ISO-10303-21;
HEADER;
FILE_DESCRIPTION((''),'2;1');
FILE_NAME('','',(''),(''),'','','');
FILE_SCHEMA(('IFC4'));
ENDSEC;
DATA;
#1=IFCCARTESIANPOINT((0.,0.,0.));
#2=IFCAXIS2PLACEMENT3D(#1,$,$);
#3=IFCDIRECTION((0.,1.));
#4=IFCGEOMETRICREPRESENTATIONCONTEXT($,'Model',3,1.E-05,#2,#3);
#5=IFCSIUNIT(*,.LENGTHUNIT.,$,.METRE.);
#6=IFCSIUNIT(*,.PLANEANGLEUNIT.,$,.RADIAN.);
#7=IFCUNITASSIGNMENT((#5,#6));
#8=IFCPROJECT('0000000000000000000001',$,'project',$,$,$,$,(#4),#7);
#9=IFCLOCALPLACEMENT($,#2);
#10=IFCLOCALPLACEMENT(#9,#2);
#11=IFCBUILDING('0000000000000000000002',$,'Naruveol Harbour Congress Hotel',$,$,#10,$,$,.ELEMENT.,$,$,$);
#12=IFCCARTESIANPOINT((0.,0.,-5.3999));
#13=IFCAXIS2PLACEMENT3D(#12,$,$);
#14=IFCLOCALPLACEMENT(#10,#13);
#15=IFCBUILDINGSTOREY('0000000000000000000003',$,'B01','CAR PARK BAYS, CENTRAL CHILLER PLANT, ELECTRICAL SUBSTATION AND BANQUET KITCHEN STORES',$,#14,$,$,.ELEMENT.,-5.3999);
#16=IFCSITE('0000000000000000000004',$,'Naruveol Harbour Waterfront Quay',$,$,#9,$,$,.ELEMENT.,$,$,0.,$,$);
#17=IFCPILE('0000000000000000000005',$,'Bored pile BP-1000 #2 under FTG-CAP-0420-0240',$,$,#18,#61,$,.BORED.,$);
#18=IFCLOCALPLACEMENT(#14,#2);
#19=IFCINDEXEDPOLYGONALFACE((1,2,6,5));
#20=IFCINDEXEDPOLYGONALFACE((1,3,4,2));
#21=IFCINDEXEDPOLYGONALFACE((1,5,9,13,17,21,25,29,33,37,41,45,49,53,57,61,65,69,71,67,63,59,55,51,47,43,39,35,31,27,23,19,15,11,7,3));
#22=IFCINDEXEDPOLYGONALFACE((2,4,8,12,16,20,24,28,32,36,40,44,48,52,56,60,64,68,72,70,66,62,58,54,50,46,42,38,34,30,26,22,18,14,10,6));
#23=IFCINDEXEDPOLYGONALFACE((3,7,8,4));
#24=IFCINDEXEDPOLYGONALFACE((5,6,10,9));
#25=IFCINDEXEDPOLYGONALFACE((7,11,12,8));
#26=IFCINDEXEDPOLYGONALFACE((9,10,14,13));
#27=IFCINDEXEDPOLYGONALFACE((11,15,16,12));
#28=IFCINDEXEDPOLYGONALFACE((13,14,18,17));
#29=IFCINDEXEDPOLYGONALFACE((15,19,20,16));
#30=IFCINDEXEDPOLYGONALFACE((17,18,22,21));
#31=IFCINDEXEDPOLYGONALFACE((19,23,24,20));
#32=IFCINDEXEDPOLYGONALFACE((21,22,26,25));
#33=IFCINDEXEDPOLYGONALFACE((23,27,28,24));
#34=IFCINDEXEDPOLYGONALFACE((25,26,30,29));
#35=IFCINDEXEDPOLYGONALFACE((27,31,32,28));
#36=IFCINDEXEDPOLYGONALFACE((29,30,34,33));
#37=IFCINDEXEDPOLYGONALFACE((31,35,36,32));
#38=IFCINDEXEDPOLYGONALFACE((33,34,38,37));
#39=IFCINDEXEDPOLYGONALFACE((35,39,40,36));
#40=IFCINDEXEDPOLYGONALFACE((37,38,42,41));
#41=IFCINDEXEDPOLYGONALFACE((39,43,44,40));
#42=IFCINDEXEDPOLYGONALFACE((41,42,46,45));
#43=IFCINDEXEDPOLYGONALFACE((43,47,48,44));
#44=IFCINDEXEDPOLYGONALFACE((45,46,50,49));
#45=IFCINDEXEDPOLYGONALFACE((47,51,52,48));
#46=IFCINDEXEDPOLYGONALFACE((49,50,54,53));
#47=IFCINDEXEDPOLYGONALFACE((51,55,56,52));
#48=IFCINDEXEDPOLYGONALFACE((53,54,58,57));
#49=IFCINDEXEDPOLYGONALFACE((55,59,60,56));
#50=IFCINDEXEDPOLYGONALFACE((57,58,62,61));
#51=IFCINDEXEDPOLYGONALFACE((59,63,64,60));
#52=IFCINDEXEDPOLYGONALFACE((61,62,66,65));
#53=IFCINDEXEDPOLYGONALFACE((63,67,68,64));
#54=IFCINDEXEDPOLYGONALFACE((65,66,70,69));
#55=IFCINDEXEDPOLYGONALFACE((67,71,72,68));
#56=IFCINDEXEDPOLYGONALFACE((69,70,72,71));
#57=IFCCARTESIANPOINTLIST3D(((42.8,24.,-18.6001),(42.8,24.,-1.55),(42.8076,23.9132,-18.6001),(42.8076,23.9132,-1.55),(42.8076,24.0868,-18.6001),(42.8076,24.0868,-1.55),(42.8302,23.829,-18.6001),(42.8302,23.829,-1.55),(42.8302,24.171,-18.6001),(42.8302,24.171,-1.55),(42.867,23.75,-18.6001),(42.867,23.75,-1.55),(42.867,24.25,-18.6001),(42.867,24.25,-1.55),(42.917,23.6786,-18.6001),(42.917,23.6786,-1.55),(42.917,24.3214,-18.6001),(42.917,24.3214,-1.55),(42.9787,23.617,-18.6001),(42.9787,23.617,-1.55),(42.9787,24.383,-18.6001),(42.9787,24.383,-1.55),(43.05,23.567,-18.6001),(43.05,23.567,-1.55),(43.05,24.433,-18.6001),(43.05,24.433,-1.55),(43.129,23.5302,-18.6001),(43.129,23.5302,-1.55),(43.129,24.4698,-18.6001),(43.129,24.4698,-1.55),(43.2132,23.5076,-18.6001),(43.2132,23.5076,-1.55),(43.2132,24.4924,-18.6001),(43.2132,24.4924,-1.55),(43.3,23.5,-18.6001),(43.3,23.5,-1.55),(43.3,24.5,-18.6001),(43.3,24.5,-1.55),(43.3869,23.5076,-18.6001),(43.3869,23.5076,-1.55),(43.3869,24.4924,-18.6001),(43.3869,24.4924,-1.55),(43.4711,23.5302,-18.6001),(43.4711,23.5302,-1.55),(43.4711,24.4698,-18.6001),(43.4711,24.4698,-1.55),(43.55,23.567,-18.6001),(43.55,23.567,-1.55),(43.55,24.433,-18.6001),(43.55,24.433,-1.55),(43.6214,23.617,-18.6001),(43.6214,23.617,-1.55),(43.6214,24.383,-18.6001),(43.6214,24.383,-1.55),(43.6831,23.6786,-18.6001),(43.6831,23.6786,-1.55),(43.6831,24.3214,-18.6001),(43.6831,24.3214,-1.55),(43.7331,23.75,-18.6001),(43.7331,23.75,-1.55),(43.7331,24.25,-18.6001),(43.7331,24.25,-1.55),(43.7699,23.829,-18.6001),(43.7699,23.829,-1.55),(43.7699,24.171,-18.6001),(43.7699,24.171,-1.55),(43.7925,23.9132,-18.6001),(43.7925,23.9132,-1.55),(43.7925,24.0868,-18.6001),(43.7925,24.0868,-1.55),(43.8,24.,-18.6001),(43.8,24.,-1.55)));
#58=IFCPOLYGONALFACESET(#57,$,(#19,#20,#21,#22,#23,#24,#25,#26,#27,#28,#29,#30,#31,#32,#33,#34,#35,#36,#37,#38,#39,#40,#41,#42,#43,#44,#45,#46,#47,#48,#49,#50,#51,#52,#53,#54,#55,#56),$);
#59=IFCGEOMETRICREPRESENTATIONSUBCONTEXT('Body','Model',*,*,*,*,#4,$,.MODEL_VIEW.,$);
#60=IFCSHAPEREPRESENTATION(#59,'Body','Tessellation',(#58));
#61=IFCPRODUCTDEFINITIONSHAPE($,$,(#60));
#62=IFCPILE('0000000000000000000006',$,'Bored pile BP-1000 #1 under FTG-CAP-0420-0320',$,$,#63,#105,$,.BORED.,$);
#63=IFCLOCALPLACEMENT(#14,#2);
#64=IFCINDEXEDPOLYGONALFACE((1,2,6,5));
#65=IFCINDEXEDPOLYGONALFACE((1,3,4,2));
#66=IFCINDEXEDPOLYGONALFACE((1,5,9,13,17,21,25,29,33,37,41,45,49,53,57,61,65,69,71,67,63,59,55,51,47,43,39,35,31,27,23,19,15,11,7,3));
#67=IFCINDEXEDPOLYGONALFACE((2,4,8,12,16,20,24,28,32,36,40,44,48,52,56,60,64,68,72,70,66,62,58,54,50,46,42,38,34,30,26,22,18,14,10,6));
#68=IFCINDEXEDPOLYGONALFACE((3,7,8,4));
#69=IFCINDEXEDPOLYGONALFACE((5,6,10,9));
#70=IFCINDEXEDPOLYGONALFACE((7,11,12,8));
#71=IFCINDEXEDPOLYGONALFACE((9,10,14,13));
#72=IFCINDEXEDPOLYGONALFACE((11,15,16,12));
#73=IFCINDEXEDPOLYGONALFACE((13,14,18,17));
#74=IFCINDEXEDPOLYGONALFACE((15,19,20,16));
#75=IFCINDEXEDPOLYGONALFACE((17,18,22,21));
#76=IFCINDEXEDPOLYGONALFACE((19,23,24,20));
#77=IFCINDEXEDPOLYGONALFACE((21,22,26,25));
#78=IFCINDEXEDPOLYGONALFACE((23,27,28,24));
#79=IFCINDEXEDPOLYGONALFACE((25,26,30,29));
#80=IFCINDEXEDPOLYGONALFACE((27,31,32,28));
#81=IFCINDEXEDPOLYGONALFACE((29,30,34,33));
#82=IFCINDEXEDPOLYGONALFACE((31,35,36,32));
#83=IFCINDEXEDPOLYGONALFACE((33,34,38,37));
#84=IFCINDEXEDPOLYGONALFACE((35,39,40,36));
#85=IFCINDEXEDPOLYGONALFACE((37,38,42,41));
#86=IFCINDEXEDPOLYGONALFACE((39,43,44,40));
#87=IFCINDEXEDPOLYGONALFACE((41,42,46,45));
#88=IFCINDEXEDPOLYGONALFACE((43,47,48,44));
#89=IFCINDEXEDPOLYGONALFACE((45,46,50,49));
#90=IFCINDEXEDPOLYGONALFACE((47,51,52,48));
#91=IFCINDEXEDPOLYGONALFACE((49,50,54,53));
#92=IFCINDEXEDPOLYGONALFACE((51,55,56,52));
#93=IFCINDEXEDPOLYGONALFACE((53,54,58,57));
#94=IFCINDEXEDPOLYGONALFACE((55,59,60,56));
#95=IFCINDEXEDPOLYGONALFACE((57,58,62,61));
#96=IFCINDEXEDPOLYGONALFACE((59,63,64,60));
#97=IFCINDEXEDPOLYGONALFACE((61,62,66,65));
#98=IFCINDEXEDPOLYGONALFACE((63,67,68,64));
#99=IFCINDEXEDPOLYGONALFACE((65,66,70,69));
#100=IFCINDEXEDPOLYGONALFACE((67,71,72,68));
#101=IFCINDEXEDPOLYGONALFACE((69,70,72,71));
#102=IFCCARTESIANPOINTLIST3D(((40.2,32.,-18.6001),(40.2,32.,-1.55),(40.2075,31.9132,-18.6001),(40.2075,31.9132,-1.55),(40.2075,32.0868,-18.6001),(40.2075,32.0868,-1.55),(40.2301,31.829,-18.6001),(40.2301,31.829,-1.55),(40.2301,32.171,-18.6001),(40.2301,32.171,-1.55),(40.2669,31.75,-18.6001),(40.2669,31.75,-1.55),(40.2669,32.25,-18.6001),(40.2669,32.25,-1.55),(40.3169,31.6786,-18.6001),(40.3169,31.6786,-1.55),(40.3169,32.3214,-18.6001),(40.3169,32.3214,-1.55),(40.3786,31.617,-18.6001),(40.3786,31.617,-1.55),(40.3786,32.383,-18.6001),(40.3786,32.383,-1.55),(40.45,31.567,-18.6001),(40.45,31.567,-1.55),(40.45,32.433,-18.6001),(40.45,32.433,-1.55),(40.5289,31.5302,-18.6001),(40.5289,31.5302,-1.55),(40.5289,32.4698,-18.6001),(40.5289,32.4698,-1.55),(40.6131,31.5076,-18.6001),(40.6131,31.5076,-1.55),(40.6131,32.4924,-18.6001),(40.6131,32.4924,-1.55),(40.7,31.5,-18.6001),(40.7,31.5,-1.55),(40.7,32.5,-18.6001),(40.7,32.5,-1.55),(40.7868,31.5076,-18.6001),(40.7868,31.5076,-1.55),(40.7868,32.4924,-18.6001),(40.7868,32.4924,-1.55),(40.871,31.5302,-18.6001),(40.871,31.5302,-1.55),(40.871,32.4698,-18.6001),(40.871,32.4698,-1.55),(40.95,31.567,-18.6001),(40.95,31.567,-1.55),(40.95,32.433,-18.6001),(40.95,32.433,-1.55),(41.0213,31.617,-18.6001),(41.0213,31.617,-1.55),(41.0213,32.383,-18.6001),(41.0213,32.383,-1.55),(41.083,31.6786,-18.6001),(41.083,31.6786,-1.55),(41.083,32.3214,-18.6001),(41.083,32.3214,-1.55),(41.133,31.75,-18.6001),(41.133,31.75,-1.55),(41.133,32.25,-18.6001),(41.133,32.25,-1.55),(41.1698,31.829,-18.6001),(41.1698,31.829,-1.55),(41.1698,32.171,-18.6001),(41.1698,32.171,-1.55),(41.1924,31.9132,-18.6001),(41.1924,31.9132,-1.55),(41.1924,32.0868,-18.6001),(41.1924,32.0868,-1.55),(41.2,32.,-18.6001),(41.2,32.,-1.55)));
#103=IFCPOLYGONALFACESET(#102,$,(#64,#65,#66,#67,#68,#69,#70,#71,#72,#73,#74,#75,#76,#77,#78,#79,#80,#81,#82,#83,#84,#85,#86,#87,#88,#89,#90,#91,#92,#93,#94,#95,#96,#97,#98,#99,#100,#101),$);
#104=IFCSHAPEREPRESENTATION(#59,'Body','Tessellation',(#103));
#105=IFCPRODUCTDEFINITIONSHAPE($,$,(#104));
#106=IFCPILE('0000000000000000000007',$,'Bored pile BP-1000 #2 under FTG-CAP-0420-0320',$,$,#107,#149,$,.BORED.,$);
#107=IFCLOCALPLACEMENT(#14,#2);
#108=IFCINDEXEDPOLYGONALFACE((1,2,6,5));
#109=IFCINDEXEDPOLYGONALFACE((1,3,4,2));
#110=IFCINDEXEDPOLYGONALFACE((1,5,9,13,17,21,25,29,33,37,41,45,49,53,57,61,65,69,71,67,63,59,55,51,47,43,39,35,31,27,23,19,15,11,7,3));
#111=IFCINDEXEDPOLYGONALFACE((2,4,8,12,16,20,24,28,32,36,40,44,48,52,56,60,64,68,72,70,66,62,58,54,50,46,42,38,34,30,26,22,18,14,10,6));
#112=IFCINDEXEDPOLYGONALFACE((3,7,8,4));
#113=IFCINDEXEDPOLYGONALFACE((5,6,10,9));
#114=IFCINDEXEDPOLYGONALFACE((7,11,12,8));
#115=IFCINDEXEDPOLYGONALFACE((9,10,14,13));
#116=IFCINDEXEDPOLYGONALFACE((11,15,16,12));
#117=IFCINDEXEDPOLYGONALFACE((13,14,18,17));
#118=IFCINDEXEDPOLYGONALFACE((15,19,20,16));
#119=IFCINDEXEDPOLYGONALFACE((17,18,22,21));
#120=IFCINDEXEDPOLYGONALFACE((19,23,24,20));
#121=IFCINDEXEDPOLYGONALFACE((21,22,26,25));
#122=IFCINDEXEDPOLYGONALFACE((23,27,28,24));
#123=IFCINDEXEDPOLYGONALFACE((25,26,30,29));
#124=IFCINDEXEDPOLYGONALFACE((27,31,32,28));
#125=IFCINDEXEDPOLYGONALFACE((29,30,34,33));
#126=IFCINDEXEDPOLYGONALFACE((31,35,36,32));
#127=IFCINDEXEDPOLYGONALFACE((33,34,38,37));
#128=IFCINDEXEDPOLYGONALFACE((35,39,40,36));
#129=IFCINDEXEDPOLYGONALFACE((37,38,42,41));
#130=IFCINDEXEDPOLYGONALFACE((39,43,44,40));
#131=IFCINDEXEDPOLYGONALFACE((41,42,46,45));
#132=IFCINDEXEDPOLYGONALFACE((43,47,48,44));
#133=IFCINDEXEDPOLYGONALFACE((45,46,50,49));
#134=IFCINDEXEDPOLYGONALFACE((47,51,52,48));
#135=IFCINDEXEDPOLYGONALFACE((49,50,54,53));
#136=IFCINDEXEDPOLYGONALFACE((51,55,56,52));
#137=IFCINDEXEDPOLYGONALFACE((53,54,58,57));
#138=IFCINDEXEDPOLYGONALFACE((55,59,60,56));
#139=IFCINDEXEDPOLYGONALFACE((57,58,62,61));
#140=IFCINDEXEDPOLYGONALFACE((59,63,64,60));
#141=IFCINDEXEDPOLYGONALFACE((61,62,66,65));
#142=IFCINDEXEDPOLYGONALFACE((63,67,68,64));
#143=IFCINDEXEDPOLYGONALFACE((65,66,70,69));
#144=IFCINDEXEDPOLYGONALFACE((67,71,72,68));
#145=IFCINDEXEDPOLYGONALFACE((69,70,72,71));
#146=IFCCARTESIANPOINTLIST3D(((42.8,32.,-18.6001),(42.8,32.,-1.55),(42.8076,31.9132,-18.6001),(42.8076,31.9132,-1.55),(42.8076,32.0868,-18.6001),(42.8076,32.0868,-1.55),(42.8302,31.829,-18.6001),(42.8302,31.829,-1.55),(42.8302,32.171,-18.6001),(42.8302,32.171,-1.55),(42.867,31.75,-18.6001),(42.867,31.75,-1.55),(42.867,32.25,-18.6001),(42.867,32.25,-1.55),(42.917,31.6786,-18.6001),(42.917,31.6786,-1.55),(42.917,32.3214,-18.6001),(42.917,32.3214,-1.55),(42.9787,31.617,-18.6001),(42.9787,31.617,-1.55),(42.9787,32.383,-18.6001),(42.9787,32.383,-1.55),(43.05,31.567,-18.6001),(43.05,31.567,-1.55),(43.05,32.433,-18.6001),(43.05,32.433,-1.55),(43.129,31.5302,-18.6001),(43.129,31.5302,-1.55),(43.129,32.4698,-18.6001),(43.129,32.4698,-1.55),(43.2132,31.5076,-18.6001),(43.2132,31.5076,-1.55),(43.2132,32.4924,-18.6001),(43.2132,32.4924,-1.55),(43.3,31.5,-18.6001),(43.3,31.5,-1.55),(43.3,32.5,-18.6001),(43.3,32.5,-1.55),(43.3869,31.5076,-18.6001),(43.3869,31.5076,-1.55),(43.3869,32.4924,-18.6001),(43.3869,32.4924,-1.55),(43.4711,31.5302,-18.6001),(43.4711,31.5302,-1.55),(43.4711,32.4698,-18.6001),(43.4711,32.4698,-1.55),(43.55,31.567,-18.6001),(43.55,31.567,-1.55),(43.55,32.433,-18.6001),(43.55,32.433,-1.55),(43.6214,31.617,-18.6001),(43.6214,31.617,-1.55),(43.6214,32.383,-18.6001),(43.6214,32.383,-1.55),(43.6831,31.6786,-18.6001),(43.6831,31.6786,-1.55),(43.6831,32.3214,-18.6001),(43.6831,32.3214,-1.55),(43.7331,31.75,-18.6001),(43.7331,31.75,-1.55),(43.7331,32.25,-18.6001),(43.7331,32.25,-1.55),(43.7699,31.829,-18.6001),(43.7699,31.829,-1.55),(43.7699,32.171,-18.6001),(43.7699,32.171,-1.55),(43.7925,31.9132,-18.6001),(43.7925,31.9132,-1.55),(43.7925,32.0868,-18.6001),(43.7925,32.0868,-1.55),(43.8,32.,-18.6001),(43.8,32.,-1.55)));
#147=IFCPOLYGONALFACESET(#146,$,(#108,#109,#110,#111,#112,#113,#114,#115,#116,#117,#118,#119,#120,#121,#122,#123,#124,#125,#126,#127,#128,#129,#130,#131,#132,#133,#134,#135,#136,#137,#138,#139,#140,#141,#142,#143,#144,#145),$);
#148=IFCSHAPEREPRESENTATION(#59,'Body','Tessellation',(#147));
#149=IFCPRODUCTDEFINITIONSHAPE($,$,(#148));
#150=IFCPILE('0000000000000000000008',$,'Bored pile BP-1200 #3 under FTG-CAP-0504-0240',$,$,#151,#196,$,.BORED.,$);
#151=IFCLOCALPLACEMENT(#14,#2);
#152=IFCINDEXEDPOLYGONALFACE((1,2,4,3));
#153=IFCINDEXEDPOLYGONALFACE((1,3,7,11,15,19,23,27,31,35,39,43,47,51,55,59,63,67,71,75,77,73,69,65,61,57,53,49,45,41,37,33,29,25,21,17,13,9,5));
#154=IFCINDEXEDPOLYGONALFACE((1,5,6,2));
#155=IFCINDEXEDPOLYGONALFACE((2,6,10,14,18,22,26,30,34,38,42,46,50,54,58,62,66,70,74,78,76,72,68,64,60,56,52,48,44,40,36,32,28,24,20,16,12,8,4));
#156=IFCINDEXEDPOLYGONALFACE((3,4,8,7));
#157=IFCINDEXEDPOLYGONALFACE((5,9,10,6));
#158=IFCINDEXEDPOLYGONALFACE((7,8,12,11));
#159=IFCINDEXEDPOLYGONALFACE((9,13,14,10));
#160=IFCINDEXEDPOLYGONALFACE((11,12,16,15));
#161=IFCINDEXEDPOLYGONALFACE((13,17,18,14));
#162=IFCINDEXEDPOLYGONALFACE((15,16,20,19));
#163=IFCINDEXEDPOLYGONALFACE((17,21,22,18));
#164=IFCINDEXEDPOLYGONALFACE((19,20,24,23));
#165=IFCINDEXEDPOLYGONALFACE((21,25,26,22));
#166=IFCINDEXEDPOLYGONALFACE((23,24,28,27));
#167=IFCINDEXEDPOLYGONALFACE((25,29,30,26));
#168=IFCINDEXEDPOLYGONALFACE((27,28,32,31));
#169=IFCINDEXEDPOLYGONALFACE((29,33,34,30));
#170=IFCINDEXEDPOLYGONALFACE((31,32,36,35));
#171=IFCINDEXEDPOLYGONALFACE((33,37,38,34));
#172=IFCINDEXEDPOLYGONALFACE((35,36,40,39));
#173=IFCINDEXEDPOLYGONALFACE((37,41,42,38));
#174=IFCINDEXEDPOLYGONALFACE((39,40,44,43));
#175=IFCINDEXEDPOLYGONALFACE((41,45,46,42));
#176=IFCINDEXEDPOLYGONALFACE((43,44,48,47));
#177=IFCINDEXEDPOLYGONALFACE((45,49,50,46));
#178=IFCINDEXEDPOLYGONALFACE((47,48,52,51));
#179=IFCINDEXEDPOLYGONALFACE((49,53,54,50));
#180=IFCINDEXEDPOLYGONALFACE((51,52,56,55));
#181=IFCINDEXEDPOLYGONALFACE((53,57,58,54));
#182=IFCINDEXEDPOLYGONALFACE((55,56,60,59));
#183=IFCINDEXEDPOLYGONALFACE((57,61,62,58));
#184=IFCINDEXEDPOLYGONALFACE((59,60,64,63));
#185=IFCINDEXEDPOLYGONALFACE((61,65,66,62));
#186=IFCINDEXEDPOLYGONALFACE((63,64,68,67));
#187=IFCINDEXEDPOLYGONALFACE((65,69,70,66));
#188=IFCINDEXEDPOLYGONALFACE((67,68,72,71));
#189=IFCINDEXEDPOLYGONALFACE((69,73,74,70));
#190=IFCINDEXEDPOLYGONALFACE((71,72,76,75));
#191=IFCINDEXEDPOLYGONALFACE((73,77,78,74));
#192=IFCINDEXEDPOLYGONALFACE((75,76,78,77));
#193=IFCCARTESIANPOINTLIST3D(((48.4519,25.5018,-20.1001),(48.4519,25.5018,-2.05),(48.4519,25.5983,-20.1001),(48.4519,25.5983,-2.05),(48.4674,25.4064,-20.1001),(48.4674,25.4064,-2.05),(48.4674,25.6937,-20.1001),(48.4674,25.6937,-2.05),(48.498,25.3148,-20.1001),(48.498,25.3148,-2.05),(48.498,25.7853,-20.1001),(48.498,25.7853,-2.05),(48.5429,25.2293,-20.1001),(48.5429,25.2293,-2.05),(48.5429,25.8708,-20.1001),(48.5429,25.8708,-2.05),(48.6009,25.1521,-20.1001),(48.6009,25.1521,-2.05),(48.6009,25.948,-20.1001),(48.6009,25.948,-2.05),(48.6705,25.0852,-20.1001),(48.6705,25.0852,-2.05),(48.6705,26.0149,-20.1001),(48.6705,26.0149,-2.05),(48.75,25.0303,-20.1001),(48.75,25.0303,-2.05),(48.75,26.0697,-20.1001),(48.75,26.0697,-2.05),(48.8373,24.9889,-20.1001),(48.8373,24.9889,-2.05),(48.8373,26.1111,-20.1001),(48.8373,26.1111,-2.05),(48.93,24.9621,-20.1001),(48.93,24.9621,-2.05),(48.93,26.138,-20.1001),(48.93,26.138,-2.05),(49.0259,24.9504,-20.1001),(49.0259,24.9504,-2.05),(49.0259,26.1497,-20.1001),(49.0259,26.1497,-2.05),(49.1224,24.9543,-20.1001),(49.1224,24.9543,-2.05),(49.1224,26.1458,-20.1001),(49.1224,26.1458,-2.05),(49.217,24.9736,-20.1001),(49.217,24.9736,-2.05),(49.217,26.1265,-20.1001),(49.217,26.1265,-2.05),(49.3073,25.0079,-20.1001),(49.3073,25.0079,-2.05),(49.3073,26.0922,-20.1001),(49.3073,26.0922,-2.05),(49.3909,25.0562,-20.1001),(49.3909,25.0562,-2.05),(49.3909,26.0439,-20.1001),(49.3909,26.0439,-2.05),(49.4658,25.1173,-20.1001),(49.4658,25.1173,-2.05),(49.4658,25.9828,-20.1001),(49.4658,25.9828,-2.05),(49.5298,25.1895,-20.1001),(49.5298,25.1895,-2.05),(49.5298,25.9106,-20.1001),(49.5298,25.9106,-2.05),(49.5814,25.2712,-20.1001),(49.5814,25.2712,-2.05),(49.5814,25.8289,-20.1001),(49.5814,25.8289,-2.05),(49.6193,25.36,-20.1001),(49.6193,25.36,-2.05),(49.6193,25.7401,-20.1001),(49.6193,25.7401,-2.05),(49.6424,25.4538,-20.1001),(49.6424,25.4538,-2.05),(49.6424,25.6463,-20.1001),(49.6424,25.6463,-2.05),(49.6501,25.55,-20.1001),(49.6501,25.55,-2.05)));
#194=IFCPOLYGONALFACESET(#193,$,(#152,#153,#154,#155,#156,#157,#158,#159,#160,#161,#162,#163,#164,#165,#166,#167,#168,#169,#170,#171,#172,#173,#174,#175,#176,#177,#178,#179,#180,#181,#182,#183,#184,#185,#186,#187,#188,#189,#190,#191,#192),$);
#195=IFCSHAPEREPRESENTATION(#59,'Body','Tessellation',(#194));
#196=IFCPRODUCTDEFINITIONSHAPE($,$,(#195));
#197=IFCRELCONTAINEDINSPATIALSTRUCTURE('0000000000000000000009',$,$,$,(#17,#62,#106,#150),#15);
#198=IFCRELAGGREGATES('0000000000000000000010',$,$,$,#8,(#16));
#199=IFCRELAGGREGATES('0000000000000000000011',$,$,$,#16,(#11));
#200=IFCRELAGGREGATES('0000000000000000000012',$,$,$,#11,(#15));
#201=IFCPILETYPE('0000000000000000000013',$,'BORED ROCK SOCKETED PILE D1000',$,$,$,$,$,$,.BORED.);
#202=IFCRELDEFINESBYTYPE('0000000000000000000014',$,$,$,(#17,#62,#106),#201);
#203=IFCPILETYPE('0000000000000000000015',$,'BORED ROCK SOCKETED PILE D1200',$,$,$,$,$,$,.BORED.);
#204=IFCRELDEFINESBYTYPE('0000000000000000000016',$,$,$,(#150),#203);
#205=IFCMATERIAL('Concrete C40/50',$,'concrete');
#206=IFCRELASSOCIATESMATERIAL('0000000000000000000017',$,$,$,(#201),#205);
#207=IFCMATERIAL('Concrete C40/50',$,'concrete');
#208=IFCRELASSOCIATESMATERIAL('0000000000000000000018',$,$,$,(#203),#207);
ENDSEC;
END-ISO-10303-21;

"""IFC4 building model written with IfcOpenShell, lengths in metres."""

from ifc_helpers import new_model, si_unit, direction, frame, origin, origin_2d, place, context, subcontext, project, spatial, circle, extrude, material, material_profile, profile_set, type_object, element, save


model = new_model("IFC4")

# Units and contexts
model_context = context("Model", 3, precision=1e-05, world=origin(), true_north=direction((0.0, 1.0)))
body_context = subcontext(model_context, "Body", "Model", "MODEL_VIEW")
ifc_project = project(units=[si_unit("LENGTHUNIT", "METRE"), si_unit("PLANEANGLEUNIT", "RADIAN")], contexts=[model_context])

# Site, building, storey
site_placement = place(None, origin())
site = spatial("IfcSite", under=ifc_project, at=site_placement, Name="Naruveol Harbour Waterfront Quay", CompositionType="ELEMENT", RefElevation=0.0)
building_placement = place(site_placement, origin())
building = spatial("IfcBuilding", under=site, at=building_placement, Name="Naruveol Harbour Congress Hotel", CompositionType="ELEMENT")
storey_placement = place(building_placement, frame((0.0, 0.0, -5.3999)))
storey = spatial("IfcBuildingStorey", under=building, at=storey_placement, Name="B01", Description="CAR PARK BAYS, CENTRAL CHILLER PLANT, ELECTRICAL SUBSTATION AND BANQUET KITCHEN STORES", CompositionType="ELEMENT", Elevation=-5.3999)

# Piles
ifc_material_1 = material(Name="Concrete C40/50", Category="concrete")
ifc_material_profile_1 = material_profile(ifc_material_1, circle(Radius=0.5, at=origin_2d()), Name="BP-1000")
ifc_profile_set_1 = profile_set([ifc_material_profile_1], Name="Concrete C40/50")
pile_type_1 = type_object("IfcPileType", Name="BORED ROCK SOCKETED PILE D1000", PredefinedType="BORED", material=ifc_profile_set_1)
for number, where, z_axis, x_axis, name in (
    (1, (43.3, 24.0, -1.55), (0.0, 0.0, -1.0), (1.0, 0.0, 0.0), "Bored pile BP-1000 #2 under FTG-CAP-0420-0240"),
    (2, (40.7, 32.0, -1.55), (0.0, 0.0, -1.0), (1.0, 0.0, 0.0), "Bored pile BP-1000 #1 under FTG-CAP-0420-0320"),
    (3, (43.3, 32.0, -1.55), (0.0, 0.0, -1.0), (1.0, 0.0, 0.0), "Bored pile BP-1000 #2 under FTG-CAP-0420-0320"),
):
    element("IfcPile", number, at=place(storey_placement, frame(where, z_axis=z_axis, x_axis=x_axis)), inside=storey, type_object=pile_type_1, Name=name, PredefinedType="BORED", context=body_context, shape_type="SweptSolid", body=[
        extrude(circle(Radius=0.5, at=origin_2d()), origin(), (0.0, 0.0, 1.0), 17.05),
    ])
ifc_material_2 = material(Name="Concrete C40/50", Category="concrete")
ifc_material_profile_2 = material_profile(ifc_material_2, circle(Radius=0.6001, at=origin_2d()), Name="BP-1200")
ifc_profile_set_2 = profile_set([ifc_material_profile_2], Name="Concrete C40/50")
pile_type_2 = type_object("IfcPileType", Name="BORED ROCK SOCKETED PILE D1200", PredefinedType="BORED", material=ifc_profile_set_2)
pile_1_placement = place(storey_placement, frame((49.05, 25.55, -2.05), z_axis=(0.0, 0.0, -1.0), x_axis=(1.0, 0.0, 0.0)))
element("IfcPile", 4, at=pile_1_placement, inside=storey, type_object=pile_type_2, Name="Bored pile BP-1200 #3 under FTG-CAP-0504-0240", PredefinedType="BORED", context=body_context, shape_type="SweptSolid", body=[
    extrude(circle(Radius=0.6001, at=origin_2d()), origin(), (0.0, 0.0, 1.0), 18.05),
])

save(model, "model.ifc")
